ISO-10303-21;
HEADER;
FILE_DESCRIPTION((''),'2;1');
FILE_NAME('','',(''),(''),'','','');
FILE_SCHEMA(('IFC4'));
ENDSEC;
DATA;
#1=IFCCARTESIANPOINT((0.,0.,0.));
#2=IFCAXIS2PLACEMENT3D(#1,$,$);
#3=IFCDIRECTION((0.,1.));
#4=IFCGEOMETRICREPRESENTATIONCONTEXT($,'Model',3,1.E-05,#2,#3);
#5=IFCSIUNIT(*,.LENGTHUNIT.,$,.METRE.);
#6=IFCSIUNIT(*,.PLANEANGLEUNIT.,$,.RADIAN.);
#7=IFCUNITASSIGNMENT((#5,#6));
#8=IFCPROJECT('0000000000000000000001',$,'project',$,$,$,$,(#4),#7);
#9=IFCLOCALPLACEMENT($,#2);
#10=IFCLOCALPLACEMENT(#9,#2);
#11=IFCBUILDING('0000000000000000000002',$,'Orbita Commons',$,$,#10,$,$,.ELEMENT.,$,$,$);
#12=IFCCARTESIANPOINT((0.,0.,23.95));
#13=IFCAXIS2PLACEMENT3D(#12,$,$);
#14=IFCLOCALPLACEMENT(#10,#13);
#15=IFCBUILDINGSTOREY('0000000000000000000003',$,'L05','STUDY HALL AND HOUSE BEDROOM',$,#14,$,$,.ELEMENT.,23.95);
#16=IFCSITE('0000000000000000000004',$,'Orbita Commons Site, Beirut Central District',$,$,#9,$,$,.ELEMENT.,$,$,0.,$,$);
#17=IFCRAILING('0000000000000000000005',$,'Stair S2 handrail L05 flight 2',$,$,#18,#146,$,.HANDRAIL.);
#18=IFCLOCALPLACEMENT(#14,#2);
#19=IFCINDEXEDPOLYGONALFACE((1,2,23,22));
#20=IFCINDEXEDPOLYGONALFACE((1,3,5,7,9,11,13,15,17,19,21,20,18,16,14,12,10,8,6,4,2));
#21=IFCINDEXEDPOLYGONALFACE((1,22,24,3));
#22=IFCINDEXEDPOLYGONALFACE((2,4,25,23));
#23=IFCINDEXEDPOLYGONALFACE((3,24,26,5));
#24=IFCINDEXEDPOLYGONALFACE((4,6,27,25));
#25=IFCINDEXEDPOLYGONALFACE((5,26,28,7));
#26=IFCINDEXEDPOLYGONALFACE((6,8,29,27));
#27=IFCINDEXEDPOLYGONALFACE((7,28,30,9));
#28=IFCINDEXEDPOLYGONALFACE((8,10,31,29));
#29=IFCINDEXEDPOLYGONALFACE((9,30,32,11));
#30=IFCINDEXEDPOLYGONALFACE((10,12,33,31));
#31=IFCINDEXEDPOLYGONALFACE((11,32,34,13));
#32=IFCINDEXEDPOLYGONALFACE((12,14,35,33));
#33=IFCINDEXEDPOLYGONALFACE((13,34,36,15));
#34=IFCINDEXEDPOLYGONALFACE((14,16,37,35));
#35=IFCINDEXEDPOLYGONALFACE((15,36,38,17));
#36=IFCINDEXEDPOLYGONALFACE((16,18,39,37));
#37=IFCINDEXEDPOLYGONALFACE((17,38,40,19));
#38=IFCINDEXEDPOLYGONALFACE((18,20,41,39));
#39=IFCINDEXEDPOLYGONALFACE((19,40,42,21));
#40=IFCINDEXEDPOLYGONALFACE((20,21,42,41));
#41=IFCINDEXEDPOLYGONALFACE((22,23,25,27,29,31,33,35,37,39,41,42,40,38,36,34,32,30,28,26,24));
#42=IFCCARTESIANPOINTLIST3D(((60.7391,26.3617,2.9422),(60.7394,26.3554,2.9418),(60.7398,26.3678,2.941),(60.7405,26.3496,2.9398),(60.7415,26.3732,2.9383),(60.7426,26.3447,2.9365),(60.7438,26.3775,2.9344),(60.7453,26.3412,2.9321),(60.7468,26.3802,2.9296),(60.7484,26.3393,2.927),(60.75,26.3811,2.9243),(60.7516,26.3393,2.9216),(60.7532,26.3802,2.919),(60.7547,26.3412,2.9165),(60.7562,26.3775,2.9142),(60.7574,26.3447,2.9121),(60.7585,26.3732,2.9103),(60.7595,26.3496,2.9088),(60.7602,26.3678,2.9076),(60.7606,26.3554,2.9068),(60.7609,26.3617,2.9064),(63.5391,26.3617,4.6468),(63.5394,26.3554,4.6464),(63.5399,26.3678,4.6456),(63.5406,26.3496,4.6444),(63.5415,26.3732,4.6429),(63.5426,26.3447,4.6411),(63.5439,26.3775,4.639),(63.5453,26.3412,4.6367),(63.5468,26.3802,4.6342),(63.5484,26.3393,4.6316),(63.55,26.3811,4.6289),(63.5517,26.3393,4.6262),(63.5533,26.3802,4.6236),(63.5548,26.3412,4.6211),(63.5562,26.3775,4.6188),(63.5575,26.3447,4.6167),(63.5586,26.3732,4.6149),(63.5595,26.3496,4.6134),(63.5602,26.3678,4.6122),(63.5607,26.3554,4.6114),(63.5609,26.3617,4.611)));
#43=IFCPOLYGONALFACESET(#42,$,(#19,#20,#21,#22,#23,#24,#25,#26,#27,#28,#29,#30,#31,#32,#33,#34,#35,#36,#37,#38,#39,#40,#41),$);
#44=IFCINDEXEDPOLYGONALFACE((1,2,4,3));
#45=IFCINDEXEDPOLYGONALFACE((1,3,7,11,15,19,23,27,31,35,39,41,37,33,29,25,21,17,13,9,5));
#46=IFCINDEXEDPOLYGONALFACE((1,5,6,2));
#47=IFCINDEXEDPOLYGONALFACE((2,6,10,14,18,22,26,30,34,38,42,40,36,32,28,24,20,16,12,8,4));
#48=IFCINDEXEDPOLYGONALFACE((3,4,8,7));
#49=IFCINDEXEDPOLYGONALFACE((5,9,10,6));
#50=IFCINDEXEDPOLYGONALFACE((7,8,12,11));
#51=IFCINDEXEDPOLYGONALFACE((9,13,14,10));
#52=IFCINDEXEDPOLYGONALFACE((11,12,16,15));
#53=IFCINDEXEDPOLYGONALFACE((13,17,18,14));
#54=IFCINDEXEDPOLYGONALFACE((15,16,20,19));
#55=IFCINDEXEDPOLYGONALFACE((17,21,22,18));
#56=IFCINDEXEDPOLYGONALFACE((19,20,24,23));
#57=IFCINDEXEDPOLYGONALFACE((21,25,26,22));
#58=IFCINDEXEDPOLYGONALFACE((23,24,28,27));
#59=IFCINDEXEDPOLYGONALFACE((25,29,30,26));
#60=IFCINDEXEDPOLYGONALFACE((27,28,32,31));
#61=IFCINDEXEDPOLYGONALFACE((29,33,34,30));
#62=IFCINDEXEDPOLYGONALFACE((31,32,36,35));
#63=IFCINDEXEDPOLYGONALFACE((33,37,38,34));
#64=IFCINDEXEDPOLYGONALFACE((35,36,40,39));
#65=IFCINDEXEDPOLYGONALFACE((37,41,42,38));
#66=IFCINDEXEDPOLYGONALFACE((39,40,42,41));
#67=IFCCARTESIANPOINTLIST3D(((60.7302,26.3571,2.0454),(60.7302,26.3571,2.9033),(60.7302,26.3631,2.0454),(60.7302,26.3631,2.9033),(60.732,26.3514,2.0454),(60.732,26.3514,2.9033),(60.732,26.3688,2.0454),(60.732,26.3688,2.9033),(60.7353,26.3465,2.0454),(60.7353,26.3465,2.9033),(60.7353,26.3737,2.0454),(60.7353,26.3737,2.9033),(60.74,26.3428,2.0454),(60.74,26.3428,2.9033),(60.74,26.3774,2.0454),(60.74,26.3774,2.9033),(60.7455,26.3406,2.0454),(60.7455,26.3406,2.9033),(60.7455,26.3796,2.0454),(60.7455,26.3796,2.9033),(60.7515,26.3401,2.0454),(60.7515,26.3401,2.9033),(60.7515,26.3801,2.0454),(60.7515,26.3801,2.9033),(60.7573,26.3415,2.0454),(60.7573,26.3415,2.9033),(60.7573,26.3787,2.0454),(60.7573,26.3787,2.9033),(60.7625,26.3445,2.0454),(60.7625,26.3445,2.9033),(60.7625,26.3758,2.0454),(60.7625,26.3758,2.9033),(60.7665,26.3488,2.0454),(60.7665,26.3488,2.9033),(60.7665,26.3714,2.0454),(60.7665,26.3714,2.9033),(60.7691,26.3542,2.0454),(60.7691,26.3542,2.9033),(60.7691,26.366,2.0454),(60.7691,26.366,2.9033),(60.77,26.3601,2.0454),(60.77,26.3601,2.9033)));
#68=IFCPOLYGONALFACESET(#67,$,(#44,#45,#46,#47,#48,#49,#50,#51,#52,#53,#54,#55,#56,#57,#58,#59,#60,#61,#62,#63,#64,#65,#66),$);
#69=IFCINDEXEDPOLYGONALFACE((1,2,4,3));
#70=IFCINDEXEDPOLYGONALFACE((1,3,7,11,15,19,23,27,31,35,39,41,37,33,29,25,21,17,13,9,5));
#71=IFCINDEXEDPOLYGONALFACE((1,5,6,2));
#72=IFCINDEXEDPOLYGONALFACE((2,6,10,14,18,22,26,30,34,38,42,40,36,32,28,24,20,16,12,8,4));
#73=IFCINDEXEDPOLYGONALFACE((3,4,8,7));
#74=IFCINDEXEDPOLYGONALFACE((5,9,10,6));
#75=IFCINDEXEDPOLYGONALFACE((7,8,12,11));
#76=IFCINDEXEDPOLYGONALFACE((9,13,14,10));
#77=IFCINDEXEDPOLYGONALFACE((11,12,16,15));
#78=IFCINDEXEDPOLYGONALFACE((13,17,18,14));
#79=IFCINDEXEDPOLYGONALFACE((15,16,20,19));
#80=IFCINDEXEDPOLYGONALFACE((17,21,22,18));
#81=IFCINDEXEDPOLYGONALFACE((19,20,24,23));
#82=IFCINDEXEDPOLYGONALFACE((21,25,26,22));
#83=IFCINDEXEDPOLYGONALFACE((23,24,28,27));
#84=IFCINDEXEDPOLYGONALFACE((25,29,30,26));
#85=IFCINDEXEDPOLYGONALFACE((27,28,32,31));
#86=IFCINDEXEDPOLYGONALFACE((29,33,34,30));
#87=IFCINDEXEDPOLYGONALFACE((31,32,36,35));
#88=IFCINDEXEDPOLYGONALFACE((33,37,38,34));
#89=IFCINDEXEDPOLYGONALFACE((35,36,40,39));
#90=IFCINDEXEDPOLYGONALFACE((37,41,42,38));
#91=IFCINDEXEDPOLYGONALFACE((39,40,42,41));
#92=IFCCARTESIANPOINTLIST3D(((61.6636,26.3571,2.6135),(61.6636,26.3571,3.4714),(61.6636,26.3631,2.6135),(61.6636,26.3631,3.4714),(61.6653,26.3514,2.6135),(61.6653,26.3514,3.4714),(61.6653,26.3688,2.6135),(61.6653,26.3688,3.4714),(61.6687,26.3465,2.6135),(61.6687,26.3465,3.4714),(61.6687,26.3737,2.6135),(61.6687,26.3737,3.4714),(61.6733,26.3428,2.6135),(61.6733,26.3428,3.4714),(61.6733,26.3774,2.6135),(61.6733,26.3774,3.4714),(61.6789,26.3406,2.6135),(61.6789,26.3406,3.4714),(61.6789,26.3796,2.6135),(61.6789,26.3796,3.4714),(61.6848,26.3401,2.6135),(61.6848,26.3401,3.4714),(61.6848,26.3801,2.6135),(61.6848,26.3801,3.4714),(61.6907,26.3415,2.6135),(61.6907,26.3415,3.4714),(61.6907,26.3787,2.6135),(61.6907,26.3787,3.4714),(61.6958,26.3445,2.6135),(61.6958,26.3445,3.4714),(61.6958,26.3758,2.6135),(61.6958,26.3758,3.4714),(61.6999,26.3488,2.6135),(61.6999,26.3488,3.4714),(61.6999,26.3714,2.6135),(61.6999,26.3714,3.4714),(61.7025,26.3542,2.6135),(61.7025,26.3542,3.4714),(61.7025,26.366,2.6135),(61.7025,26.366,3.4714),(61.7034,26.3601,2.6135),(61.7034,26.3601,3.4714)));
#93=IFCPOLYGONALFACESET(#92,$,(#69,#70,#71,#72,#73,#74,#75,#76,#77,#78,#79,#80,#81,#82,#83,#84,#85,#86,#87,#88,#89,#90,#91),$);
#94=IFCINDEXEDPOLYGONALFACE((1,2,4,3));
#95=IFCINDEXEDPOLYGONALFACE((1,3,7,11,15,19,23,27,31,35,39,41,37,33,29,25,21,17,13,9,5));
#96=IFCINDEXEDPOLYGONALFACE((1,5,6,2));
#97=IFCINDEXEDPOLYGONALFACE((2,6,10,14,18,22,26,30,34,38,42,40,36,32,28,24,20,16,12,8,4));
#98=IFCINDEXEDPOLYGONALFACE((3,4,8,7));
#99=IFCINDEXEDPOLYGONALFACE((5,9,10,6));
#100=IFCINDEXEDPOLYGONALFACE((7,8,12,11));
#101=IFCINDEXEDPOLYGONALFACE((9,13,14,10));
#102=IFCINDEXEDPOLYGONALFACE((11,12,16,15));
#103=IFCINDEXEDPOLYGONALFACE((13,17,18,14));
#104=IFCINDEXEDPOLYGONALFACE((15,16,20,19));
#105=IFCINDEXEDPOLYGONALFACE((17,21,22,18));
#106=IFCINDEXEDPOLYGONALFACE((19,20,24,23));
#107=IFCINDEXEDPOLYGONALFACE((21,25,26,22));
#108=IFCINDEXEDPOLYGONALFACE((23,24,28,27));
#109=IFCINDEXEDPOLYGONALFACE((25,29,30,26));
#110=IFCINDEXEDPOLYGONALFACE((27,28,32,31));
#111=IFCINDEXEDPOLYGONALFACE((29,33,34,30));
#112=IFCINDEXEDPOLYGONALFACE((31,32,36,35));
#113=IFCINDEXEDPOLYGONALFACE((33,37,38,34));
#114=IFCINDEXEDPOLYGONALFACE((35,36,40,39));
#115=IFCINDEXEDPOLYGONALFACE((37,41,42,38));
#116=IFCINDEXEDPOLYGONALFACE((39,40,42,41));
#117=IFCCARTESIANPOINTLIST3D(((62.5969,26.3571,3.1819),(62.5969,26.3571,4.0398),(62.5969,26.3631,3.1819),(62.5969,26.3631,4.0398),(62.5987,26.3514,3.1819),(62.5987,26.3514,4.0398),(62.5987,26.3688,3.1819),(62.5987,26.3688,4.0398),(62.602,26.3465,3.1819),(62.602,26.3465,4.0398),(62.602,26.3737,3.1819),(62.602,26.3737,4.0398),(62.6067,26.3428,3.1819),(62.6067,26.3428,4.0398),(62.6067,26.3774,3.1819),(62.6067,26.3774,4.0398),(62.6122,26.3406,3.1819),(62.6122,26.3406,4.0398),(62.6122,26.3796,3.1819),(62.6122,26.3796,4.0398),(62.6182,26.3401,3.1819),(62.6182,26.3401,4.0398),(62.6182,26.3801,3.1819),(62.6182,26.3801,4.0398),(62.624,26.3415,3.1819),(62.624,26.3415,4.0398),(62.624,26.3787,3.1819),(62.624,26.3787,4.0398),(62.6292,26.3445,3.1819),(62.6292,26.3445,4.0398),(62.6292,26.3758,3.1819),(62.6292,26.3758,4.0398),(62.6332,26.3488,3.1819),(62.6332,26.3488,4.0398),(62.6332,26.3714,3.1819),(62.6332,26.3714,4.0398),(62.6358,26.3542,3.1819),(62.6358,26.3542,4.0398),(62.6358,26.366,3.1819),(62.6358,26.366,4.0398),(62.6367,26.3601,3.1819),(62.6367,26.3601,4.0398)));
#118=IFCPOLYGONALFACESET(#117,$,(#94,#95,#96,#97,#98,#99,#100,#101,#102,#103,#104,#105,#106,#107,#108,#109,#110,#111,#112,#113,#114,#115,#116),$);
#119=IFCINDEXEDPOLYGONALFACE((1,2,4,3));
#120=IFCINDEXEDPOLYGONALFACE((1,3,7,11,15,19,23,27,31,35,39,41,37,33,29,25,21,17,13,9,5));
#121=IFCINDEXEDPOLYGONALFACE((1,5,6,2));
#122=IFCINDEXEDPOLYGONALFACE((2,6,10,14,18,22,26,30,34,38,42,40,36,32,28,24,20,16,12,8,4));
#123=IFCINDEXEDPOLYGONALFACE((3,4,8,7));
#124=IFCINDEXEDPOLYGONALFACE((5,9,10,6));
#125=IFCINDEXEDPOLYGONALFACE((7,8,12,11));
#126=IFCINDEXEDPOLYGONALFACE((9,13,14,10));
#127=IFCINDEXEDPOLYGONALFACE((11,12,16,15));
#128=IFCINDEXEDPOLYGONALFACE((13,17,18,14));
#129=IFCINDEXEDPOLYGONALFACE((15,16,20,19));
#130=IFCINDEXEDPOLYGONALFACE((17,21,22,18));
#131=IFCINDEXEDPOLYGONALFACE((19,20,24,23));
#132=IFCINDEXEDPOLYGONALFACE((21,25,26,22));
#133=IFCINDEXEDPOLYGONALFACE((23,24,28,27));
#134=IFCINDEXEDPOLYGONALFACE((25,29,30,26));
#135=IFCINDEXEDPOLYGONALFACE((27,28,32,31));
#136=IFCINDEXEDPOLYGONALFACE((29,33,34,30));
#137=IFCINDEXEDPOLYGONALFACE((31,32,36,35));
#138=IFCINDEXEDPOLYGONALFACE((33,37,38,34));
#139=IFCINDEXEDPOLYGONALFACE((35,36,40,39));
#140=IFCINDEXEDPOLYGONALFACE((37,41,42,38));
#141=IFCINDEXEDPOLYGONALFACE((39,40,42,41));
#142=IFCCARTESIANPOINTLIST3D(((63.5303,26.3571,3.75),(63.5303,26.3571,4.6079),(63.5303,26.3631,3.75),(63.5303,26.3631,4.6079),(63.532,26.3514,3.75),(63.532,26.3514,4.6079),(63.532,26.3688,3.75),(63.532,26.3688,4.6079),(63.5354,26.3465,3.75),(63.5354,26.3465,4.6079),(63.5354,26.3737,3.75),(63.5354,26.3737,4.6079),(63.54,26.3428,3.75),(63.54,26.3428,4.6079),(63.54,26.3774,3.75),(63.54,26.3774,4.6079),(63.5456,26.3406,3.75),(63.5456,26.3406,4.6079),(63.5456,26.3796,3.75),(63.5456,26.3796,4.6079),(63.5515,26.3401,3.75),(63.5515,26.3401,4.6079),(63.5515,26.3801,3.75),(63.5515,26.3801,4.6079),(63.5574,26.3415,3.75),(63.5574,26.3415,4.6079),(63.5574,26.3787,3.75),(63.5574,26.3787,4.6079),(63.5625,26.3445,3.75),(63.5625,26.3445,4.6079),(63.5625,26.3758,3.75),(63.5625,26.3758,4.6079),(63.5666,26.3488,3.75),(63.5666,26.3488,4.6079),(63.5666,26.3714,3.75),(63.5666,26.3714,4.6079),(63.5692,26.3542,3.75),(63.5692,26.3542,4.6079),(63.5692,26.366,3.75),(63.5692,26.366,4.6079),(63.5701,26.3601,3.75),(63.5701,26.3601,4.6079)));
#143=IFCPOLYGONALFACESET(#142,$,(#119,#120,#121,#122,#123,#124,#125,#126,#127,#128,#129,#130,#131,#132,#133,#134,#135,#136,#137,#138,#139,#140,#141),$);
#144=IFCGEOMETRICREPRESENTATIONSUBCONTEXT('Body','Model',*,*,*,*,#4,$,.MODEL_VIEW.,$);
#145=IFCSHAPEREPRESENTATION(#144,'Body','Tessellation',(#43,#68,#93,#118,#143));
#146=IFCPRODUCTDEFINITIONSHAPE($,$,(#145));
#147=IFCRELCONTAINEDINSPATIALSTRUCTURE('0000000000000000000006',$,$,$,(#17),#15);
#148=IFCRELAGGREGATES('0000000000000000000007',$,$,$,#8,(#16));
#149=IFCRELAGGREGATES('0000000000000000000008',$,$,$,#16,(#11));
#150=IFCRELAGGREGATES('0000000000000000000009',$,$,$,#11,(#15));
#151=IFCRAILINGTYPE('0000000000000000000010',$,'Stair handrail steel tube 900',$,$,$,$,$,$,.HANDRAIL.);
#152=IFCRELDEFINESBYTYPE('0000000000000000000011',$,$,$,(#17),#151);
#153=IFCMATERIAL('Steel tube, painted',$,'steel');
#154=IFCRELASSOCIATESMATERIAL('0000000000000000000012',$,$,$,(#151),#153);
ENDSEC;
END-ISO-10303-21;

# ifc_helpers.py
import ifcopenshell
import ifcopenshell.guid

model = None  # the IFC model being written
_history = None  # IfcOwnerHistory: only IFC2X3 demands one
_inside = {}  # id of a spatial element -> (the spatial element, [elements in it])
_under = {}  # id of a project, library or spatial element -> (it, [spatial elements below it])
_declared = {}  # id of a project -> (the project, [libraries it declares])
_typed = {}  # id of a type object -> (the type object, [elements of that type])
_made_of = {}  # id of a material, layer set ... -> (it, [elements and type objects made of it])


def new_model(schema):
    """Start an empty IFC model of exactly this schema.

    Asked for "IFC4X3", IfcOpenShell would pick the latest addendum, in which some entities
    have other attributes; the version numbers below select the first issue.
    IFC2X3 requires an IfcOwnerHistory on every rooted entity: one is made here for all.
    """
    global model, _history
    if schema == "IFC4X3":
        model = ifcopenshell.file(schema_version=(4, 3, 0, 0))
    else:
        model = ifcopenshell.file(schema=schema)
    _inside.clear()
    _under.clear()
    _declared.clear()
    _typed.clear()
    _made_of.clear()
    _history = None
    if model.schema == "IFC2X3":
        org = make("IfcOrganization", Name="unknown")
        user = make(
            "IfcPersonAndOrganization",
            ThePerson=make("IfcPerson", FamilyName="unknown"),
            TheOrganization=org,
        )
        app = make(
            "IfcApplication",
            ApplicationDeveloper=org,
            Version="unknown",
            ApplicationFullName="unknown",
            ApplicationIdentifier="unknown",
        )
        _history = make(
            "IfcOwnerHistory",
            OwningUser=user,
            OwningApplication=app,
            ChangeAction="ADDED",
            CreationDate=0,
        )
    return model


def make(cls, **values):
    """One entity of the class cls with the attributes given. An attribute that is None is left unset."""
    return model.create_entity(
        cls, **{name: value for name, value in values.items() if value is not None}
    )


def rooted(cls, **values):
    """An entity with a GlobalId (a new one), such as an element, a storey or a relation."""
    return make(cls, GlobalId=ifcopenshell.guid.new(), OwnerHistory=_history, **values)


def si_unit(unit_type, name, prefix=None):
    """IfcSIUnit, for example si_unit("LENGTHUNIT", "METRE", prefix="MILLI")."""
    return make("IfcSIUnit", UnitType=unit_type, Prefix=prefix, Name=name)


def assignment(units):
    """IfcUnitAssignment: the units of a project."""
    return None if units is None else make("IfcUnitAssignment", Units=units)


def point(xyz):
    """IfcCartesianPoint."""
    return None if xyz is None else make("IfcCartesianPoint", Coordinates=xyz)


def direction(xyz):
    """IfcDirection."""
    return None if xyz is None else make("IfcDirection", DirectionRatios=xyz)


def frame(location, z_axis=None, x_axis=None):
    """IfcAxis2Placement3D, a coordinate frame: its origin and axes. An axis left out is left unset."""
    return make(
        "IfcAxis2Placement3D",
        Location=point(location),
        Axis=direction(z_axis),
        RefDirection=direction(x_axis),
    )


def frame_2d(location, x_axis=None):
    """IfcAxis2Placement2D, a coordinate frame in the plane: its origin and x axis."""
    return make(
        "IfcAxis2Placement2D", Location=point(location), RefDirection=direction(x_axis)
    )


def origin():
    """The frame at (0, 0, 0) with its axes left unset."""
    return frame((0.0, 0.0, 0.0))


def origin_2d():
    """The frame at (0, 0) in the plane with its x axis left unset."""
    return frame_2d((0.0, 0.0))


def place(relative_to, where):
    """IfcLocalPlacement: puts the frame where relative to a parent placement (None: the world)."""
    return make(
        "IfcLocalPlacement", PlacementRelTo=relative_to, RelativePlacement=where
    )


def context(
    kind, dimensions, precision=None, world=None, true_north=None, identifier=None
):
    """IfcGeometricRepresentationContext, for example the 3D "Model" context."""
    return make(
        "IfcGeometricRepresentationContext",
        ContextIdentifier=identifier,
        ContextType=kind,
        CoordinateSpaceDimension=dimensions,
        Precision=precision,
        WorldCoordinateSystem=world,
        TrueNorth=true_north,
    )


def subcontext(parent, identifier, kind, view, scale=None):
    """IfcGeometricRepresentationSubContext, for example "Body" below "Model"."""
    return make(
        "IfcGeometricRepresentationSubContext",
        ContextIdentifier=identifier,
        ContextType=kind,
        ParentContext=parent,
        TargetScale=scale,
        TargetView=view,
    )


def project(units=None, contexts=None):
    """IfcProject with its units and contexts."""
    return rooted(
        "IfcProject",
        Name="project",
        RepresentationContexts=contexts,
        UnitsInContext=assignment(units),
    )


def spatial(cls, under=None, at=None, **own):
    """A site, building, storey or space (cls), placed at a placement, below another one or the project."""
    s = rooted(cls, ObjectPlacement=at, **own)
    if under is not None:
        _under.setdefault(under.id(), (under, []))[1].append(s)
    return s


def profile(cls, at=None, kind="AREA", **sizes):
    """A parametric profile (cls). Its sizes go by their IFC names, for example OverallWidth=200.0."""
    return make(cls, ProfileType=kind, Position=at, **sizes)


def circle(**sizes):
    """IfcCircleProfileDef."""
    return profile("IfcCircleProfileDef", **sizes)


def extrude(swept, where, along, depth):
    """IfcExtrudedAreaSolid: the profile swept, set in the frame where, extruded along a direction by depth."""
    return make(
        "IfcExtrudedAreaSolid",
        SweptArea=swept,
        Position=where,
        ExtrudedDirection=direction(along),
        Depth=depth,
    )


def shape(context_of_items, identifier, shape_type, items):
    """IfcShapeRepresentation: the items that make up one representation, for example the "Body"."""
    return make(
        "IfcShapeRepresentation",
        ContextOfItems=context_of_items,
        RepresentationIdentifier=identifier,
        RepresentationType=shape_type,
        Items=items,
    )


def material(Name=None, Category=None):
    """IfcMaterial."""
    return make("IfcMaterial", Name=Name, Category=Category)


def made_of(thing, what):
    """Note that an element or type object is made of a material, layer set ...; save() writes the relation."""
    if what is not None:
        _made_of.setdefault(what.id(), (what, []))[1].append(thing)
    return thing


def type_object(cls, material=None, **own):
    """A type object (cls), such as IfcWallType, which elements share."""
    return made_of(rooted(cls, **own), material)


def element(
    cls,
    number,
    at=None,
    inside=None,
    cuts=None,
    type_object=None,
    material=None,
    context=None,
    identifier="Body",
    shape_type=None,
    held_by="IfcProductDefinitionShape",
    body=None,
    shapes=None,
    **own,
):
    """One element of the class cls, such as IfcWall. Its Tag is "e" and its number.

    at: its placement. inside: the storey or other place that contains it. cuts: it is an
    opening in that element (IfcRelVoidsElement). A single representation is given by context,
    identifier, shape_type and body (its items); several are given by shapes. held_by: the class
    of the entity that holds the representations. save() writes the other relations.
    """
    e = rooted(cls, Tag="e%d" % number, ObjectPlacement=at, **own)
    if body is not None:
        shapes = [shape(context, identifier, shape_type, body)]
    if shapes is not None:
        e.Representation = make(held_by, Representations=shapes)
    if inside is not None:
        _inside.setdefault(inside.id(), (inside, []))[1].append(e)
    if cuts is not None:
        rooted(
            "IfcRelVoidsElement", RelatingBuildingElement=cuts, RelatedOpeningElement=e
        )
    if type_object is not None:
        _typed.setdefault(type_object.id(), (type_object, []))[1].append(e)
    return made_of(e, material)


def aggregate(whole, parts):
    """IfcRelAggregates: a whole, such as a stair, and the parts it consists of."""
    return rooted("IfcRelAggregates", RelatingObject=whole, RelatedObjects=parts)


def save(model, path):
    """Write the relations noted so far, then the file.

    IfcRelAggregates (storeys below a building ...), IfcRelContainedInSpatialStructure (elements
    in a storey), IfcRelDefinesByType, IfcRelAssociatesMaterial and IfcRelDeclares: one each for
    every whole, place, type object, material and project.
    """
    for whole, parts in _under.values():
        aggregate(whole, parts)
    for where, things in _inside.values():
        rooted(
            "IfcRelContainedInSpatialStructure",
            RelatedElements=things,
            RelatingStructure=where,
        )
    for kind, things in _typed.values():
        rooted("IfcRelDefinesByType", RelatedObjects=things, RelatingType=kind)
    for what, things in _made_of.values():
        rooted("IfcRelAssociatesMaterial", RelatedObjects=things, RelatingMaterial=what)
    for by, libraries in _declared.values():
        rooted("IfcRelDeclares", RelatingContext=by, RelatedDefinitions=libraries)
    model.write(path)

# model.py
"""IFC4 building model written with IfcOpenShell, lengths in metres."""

from ifc_helpers import new_model, si_unit, direction, frame, origin, origin_2d, place, context, subcontext, project, spatial, circle, extrude, material, type_object, element, save


model = new_model("IFC4")

# Units and contexts
model_context = context("Model", 3, precision=1e-05, world=origin(), true_north=direction((0.0, 1.0)))
body_context = subcontext(model_context, "Body", "Model", "MODEL_VIEW")
ifc_project = project(units=[si_unit("LENGTHUNIT", "METRE"), si_unit("PLANEANGLEUNIT", "RADIAN")], contexts=[model_context])

# Site, building, storey
site_placement = place(None, origin())
site = spatial("IfcSite", under=ifc_project, at=site_placement, Name="Orbita Commons Site, Beirut Central District", CompositionType="ELEMENT", RefElevation=0.0)
building_placement = place(site_placement, origin())
building = spatial("IfcBuilding", under=site, at=building_placement, Name="Orbita Commons", CompositionType="ELEMENT")
storey_placement = place(building_placement, frame((0.0, 0.0, 23.95)))
storey = spatial("IfcBuildingStorey", under=building, at=storey_placement, Name="L05", Description="STUDY HALL AND HOUSE BEDROOM", CompositionType="ELEMENT", Elevation=23.95)

# Railing
ifc_material_1 = material(Name="Steel tube, painted", Category="steel")
railing_type = type_object("IfcRailingType", Name="Stair handrail steel tube 900", PredefinedType="HANDRAIL", material=ifc_material_1)
for number, where, name in (
    (1, (60.75, 26.3601, 2.0454), "Stair S2 handrail L05 flight 2"),
):
    element("IfcRailing", number, at=place(storey_placement, frame(where)), inside=storey, type_object=railing_type, Name=name, PredefinedType="HANDRAIL", context=body_context, shape_type="SweptSolid", body=[
        extrude(circle(Radius=0.021, at=origin_2d()), frame((0.0, 0.0, 0.8789), z_axis=(0.85417, 0.0, 0.519994), x_axis=(0.0, 1.0, 0.0)), (0.0, 0.0, 1.0), 3.2781),
        extrude(circle(Radius=0.02, at=origin_2d()), origin(), (0.0, 0.0, 1.0), 0.8579),
        extrude(circle(Radius=0.02, at=origin_2d()), frame((0.9333, 0.0, 0.5681)), (0.0, 0.0, 1.0), 0.8579),
        extrude(circle(Radius=0.02, at=origin_2d()), frame((1.8667, 0.0, 1.1365)), (0.0, 0.0, 1.0), 0.8579),
        extrude(circle(Radius=0.02, at=origin_2d()), frame((2.8, 0.0, 1.7046)), (0.0, 0.0, 1.0), 0.8579),
    ])

save(model, "model.ifc")
